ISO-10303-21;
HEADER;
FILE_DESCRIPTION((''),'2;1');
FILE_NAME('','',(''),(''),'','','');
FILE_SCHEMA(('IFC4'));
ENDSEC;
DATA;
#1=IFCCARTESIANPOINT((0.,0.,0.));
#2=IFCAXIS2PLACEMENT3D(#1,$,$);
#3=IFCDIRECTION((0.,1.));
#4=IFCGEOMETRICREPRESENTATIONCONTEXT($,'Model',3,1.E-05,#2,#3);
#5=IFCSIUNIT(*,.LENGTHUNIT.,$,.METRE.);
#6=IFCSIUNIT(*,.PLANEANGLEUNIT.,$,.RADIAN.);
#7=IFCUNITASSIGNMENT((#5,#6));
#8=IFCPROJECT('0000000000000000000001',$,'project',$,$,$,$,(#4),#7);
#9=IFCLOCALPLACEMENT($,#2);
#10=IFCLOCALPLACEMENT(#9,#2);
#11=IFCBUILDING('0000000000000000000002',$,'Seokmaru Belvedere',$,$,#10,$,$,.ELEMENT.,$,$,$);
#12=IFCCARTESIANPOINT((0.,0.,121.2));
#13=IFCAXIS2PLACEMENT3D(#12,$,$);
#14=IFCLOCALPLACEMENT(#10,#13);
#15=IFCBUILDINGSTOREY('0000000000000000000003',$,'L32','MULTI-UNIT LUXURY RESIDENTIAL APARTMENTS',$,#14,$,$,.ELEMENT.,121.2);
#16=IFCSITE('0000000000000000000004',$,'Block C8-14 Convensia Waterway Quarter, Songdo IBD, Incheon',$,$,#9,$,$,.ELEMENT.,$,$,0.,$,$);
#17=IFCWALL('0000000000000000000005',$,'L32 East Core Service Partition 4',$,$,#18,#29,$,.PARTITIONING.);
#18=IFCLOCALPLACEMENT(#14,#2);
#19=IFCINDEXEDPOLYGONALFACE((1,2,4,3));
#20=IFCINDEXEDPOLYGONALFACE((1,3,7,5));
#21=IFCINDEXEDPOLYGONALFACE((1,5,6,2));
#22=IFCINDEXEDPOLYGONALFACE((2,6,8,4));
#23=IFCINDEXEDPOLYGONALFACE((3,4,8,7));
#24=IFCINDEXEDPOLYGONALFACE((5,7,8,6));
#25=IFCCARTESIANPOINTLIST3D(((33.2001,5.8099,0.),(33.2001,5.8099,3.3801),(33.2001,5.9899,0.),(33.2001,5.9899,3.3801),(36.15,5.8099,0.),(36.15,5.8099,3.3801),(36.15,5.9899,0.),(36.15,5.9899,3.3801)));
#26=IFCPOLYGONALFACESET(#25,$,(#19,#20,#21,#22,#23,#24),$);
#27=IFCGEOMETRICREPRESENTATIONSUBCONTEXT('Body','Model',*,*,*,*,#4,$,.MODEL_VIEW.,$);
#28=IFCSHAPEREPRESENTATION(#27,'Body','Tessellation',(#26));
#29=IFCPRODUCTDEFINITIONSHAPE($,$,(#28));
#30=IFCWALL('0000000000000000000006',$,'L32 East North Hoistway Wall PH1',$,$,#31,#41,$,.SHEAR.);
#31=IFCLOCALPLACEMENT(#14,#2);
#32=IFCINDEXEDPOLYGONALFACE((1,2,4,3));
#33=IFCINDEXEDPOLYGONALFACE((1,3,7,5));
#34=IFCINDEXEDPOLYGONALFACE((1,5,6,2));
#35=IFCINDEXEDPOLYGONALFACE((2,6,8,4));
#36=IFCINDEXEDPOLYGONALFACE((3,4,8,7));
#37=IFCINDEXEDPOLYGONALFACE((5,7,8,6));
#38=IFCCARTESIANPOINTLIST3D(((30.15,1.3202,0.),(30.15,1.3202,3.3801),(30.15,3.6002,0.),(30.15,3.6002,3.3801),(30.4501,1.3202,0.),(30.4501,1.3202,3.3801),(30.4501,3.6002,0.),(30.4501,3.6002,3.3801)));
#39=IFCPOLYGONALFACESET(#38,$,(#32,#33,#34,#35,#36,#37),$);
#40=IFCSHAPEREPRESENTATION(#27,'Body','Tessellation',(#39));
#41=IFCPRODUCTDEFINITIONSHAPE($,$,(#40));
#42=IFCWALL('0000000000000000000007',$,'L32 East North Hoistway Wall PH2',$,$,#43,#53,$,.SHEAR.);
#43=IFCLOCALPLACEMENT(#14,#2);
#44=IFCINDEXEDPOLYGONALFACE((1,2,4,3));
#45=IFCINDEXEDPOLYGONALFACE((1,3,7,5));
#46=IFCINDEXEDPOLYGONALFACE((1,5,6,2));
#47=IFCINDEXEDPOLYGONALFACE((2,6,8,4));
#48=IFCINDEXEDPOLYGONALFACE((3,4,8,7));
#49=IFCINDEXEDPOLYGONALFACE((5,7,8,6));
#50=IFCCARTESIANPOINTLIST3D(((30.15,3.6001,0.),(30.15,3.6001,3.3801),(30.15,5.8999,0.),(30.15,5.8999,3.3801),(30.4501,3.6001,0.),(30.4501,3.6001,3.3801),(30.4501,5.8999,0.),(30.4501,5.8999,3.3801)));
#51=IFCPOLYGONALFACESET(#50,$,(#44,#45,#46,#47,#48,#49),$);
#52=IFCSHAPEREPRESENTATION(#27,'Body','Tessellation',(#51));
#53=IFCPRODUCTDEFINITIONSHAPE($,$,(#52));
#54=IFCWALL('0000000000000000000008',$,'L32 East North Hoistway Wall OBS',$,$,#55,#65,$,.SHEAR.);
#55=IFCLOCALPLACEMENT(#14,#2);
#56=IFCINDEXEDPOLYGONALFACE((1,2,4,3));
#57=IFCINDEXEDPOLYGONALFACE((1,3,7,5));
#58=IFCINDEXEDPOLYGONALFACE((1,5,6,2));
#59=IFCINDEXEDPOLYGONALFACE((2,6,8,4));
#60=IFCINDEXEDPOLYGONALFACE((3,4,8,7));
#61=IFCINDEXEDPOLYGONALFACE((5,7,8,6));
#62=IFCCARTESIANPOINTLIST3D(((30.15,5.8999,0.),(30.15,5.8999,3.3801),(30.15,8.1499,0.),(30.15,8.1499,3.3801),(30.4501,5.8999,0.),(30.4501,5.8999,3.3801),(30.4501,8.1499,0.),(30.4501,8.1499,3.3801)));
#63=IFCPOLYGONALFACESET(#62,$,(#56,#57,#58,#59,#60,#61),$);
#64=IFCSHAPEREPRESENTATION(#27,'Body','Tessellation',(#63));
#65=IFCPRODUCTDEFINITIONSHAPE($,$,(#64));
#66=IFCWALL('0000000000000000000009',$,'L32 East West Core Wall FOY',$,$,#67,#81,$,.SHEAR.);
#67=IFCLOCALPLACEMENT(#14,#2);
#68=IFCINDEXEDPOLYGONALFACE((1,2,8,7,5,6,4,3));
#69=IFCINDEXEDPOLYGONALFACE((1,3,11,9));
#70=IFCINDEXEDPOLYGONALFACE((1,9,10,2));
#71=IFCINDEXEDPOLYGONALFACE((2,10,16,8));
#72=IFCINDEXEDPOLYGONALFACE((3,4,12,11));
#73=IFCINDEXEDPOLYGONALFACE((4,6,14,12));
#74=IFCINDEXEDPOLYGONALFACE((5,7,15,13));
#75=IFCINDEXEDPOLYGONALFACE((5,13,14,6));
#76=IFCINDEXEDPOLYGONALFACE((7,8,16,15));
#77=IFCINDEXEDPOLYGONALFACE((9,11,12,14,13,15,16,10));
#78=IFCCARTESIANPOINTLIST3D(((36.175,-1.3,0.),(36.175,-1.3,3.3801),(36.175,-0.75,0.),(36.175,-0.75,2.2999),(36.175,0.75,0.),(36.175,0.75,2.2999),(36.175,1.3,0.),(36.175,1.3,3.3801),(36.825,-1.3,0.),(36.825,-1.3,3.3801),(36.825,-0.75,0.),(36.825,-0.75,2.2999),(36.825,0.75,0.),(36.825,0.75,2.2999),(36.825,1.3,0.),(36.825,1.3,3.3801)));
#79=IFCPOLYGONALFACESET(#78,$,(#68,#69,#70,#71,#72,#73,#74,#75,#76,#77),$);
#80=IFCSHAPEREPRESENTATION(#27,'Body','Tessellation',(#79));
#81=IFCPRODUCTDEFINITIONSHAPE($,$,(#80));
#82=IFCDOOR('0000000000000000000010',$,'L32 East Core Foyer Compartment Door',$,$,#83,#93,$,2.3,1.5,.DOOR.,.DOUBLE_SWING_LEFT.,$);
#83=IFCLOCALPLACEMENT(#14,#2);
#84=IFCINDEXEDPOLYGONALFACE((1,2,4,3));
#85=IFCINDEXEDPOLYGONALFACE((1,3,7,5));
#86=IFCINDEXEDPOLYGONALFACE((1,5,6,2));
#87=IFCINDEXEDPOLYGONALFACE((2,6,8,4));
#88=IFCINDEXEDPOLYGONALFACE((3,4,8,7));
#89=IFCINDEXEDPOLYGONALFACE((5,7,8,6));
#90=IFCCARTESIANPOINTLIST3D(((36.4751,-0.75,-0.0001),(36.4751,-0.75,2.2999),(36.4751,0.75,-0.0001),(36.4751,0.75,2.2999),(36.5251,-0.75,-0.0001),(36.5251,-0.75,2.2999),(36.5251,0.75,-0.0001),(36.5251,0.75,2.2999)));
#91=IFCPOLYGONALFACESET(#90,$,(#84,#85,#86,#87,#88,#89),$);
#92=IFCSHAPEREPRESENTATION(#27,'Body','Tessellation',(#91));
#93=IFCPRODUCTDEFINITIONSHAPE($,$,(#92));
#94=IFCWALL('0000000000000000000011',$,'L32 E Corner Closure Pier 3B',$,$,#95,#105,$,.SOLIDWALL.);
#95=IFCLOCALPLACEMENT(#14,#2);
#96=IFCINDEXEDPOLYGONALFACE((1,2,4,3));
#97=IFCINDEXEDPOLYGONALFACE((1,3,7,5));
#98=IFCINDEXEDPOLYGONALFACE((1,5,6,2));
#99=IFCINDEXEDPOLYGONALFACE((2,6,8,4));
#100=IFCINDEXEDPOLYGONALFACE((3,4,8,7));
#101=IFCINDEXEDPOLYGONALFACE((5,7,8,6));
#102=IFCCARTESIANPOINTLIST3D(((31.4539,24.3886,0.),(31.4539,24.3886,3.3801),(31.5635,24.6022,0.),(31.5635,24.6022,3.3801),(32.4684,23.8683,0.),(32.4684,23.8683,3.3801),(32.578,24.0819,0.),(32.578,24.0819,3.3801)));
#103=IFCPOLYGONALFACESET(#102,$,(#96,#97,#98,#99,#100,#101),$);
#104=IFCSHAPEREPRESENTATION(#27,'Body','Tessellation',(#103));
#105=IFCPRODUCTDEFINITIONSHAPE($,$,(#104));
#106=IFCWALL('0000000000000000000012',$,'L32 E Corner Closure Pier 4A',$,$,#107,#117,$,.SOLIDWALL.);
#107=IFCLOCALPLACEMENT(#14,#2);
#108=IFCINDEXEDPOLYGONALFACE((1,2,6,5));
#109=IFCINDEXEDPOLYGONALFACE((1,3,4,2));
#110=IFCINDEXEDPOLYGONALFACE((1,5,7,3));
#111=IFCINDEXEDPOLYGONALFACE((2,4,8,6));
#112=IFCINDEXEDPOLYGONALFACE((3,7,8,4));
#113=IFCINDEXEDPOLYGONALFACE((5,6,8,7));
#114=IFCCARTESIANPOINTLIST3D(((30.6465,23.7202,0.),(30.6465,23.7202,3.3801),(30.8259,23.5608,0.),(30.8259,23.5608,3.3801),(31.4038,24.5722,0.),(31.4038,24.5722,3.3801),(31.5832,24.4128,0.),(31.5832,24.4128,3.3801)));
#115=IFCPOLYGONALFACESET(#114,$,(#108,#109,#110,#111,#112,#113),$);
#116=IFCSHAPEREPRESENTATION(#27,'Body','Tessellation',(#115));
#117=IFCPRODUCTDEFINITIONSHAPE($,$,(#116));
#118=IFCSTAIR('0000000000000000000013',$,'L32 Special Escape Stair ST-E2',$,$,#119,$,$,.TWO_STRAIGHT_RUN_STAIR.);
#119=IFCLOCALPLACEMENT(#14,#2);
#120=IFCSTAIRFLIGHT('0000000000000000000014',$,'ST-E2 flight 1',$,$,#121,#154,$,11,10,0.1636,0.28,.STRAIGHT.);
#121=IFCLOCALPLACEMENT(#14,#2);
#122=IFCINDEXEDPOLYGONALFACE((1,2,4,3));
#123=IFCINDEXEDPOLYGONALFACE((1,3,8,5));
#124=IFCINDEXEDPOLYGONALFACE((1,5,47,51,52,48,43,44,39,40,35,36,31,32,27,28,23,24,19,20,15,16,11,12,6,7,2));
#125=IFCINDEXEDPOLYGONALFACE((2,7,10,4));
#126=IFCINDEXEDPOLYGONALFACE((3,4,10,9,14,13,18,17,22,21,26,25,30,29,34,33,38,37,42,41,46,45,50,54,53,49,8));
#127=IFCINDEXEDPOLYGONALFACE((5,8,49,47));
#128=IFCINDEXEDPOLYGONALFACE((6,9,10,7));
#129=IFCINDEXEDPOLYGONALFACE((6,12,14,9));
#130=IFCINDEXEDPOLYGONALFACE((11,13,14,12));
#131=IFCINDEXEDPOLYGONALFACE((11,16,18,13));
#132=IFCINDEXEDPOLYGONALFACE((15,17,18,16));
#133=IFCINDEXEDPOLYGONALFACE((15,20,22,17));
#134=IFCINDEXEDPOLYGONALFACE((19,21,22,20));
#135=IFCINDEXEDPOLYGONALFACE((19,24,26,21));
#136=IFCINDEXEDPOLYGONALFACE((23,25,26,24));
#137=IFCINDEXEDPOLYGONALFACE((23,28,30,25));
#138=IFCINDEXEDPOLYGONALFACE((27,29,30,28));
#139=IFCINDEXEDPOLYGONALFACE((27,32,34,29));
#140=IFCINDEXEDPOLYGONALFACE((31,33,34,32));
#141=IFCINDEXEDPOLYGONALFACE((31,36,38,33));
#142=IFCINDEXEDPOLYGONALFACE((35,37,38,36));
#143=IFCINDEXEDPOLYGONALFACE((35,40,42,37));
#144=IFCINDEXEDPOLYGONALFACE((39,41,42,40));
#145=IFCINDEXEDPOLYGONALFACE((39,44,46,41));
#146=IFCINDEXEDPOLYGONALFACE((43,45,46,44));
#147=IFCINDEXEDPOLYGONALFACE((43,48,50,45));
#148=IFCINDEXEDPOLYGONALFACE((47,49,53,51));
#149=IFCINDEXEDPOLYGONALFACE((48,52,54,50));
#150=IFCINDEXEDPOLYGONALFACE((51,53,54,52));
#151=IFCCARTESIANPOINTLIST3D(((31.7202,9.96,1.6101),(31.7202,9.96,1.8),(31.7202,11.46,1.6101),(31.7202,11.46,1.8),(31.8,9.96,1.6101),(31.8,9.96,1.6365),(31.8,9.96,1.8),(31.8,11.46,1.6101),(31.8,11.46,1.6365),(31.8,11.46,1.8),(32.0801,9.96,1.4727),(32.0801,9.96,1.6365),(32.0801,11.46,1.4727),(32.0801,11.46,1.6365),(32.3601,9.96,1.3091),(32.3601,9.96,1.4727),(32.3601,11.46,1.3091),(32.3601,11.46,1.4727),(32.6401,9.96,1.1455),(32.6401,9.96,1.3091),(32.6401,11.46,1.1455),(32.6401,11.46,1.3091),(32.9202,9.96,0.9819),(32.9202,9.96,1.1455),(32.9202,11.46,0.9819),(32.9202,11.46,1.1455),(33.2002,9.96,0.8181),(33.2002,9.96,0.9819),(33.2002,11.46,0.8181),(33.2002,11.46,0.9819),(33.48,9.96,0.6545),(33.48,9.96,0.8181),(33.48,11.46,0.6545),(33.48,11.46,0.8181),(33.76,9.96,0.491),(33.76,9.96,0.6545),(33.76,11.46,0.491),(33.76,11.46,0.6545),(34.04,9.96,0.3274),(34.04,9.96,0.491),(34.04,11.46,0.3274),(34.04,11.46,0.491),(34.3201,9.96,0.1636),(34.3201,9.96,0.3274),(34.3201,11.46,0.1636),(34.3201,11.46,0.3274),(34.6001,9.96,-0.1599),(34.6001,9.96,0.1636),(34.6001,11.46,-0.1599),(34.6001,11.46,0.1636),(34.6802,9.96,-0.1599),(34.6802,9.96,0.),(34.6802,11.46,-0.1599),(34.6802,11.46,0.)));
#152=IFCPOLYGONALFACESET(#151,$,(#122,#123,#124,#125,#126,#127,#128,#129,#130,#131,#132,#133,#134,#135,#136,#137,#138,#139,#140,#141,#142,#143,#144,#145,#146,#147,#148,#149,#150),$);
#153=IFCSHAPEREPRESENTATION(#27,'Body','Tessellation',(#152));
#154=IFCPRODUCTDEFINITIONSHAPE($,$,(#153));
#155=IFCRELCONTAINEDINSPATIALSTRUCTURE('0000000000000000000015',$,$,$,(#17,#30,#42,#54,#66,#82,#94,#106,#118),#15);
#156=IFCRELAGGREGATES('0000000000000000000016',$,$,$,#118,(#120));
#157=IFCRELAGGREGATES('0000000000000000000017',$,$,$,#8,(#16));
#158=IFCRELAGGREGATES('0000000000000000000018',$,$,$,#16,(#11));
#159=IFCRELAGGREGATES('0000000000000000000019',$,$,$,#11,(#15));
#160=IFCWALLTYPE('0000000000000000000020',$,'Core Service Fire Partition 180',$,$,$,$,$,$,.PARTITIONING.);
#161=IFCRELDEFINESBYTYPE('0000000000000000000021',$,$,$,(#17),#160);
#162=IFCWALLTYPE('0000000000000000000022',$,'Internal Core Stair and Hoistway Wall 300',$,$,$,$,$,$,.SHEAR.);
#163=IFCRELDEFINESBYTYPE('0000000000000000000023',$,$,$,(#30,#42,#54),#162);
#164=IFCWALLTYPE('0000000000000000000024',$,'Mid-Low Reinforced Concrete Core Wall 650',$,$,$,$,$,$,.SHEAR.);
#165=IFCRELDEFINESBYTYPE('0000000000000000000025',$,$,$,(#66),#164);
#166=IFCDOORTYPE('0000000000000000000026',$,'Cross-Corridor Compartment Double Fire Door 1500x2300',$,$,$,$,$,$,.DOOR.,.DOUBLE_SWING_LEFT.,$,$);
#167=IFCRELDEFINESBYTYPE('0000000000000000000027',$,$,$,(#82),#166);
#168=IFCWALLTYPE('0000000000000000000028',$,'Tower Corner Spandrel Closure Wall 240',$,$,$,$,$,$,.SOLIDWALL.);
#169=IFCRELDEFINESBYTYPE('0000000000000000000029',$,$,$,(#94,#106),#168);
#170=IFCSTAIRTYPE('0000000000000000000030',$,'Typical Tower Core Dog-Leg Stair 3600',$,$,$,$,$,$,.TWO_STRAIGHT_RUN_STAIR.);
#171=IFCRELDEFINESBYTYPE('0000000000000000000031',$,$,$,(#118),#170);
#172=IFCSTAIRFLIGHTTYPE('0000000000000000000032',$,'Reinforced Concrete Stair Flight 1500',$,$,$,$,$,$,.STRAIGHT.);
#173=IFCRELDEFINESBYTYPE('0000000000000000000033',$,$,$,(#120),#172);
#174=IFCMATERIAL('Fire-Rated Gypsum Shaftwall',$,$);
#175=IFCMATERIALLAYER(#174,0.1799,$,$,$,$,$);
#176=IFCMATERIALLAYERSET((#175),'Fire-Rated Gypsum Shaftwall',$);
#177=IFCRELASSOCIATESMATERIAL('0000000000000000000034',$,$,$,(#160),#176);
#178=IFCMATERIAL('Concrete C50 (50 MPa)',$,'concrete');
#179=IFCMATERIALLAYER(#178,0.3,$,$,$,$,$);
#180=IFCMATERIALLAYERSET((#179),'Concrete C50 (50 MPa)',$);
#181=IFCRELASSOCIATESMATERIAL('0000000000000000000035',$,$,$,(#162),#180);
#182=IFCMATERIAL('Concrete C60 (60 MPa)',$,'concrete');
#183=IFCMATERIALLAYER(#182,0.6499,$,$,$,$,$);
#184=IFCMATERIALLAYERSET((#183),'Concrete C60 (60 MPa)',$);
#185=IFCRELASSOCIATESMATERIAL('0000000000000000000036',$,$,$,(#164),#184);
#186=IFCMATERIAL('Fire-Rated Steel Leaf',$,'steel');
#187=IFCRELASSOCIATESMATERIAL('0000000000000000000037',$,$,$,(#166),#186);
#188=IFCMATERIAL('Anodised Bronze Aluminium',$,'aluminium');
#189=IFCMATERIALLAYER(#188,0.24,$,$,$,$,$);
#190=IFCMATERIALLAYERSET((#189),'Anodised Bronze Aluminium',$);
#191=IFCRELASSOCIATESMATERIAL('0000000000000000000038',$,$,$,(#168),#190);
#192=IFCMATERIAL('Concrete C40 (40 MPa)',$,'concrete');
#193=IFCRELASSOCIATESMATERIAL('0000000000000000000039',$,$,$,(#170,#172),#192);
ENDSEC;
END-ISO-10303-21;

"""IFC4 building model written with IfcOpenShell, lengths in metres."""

from ifc_helpers import new_model, si_unit, direction, frame, frame_2d, origin, place, context, subcontext, project, spatial, polyline, rectangle, outline, extrude, source, transform, mapped, material, layer, layer_set, type_object, type_shapes, element, fill, aggregate, save


model = new_model("IFC4")

# Units and contexts
model_context = context("Model", 3, precision=1e-05, world=origin(), true_north=direction((0.0, 1.0)))
body_context = subcontext(model_context, "Body", "Model", "MODEL_VIEW")
ifc_project = project(units=[si_unit("LENGTHUNIT", "METRE"), si_unit("PLANEANGLEUNIT", "RADIAN")], contexts=[model_context])

# Site, building, storey
site_placement = place(None, origin())
site = spatial("IfcSite", under=ifc_project, at=site_placement, Name="Block C8-14 Convensia Waterway Quarter, Songdo IBD, Incheon", CompositionType="ELEMENT", RefElevation=0.0)
building_placement = place(site_placement, origin())
building = spatial("IfcBuilding", under=site, at=building_placement, Name="Seokmaru Belvedere", CompositionType="ELEMENT")
storey_placement = place(building_placement, frame((0.0, 0.0, 121.2)))
storey = spatial("IfcBuildingStorey", under=building, at=storey_placement, Name="L32", Description="MULTI-UNIT LUXURY RESIDENTIAL APARTMENTS", CompositionType="ELEMENT", Elevation=121.2)

# Shared definitions
ifc_material_1 = material(Name="Anodised Bronze Aluminium", Category="aluminium")

# Shared definitions
ifc_material_2 = material(Name="Fire-Rated Gypsum Shaftwall")
ifc_layer_1 = layer(ifc_material_2, 0.1799)
ifc_layer_set_1 = layer_set([ifc_layer_1], Name="Fire-Rated Gypsum Shaftwall")
wall_type_1 = type_object("IfcWallType", Name="Core Service Fire Partition 180", PredefinedType="PARTITIONING", material=ifc_layer_set_1)

# Shared definitions
ifc_material_3 = material(Name="Fire-Rated Steel Leaf", Category="steel")

# Walls
for number, where, z_axis, x_axis, name in (
    (1, (33.2, 5.8999, 0.0), (0.0, 0.0, 1.0), (1.0, 0.0, 0.0), "L32 East Core Service Partition 4"),
):
    element("IfcWall", number, at=place(storey_placement, frame(where, z_axis=z_axis, x_axis=x_axis)), inside=storey, type_object=wall_type_1, Name=name, PredefinedType="PARTITIONING", context=body_context, shape_type="SweptSolid", body=[
        extrude(rectangle(XDim=2.95, YDim=0.1799, at=frame_2d((1.4751, 0.0))), origin(), (0.0, 0.0, 1.0), 3.3801),
    ])
ifc_material_4 = material(Name="Concrete C50 (50 MPa)", Category="concrete")
ifc_layer_2 = layer(ifc_material_4, 0.3)
ifc_layer_set_2 = layer_set([ifc_layer_2], Name="Concrete C50 (50 MPa)")
wall_type_2 = type_object("IfcWallType", Name="Internal Core Stair and Hoistway Wall 300", PredefinedType="SHEAR", material=ifc_layer_set_2)
wall_1_placement = place(storey_placement, frame((30.3, 1.3201, 0.0), z_axis=(0.0, 0.0, 1.0), x_axis=(0.0, 1.0, 0.0)))
element("IfcWall", 2, at=wall_1_placement, inside=storey, type_object=wall_type_2, Name="L32 East North Hoistway Wall PH1", PredefinedType="SHEAR", context=body_context, shape_type="SweptSolid", body=[
    extrude(rectangle(XDim=2.28, YDim=0.3, at=frame_2d((1.1401, 0.0))), origin(), (0.0, 0.0, 1.0), 3.3801),
])
wall_2_placement = place(storey_placement, frame((30.3, 3.6001, 0.0), z_axis=(0.0, 0.0, 1.0), x_axis=(0.0, 1.0, 0.0)))
element("IfcWall", 3, at=wall_2_placement, inside=storey, type_object=wall_type_2, Name="L32 East North Hoistway Wall PH2", PredefinedType="SHEAR", context=body_context, shape_type="SweptSolid", body=[
    extrude(rectangle(XDim=2.2998, YDim=0.3, at=frame_2d((1.1499, 0.0))), origin(), (0.0, 0.0, 1.0), 3.3801),
])
wall_3_placement = place(storey_placement, frame((30.3, 5.8999, 0.0), z_axis=(0.0, 0.0, 1.0), x_axis=(0.0, 1.0, 0.0)))
element("IfcWall", 4, at=wall_3_placement, inside=storey, type_object=wall_type_2, Name="L32 East North Hoistway Wall OBS", PredefinedType="SHEAR", context=body_context, shape_type="SweptSolid", body=[
    extrude(rectangle(XDim=2.25, YDim=0.3, at=frame_2d((1.125, 0.0))), origin(), (0.0, 0.0, 1.0), 3.3801),
])

# Wall, opening, door
ifc_material_5 = material(Name="Concrete C60 (60 MPa)", Category="concrete")
ifc_layer_3 = layer(ifc_material_5, 0.6499)
ifc_layer_set_3 = layer_set([ifc_layer_3], Name="Concrete C60 (60 MPa)")
wall_type_3 = type_object("IfcWallType", Name="Mid-Low Reinforced Concrete Core Wall 650", PredefinedType="SHEAR", material=ifc_layer_set_3)
wall_4_placement = place(storey_placement, frame((36.5, -1.3, 0.0), z_axis=(0.0, 0.0, 1.0), x_axis=(0.0, 1.0, 0.0)))
wall_4 = element("IfcWall", 5, at=wall_4_placement, inside=storey, type_object=wall_type_3, Name="L32 East West Core Wall FOY", PredefinedType="SHEAR", context=body_context, shape_type="SweptSolid", body=[
    extrude(rectangle(XDim=2.6001, YDim=0.6499, at=frame_2d((1.3, 0.0))), origin(), (0.0, 0.0, 1.0), 3.3801),
])
opening_1_placement = place(wall_4_placement, frame((0.55, 0.0, 0.0)))
opening_1 = element("IfcOpeningElement", 6, at=opening_1_placement, cuts=wall_4, PredefinedType="OPENING", context=body_context, shape_type="SweptSolid", body=[
    extrude(rectangle(XDim=1.5, YDim=2.3, at=frame_2d((0.75, 1.1499))), frame((0.0, 0.335, 0.0), z_axis=(0.0, -1.0, 0.0), x_axis=(1.0, 0.0, 0.0)), (0.0, 0.0, 1.0), 0.6699),
])
door_type_1 = type_object("IfcDoorType", Name="Cross-Corridor Compartment Double Fire Door 1500x2300", OperationType="DOUBLE_SWING_LEFT", PredefinedType="DOOR", material=ifc_material_3)
shared_shape_1 = source(origin(), body_context, "Body", "SweptSolid", [
    extrude(rectangle(XDim=1.5, YDim=2.3, at=frame_2d((0.75, 1.1499))), frame((0.0, 0.0249, 0.0), z_axis=(0.0, -1.0, 0.0), x_axis=(1.0, 0.0, 0.0)), (0.0, 0.0, 1.0), 0.05),
])
type_shapes(door_type_1, [shared_shape_1])
door_1_placement = place(opening_1_placement, origin())
door_1 = element("IfcDoor", 7, at=door_1_placement, inside=storey, type_object=door_type_1, Name="L32 East Core Foyer Compartment Door", OperationType="DOUBLE_SWING_LEFT", OverallHeight=2.3, OverallWidth=1.5, PredefinedType="DOOR", context=body_context, shape_type="MappedRepresentation", body=[
    mapped(shared_shape_1, transform((0.0, 0.0, 0.0), scale=1.0)),
])
fill(opening_1, door_1)

# Walls
ifc_layer_4 = layer(ifc_material_1, 0.24)
ifc_layer_set_4 = layer_set([ifc_layer_4], Name="Anodised Bronze Aluminium")
wall_type_4 = type_object("IfcWallType", Name="Tower Corner Spandrel Closure Wall 240", PredefinedType="SOLIDWALL", material=ifc_layer_set_4)
wall_5_placement = place(storey_placement, frame((32.5232, 23.9751, 0.0), z_axis=(0.0, 0.0, 1.0), x_axis=(-0.889797, 0.456356, 0.0)))
element("IfcWall", 8, at=wall_5_placement, inside=storey, type_object=wall_type_4, Name="L32 E Corner Closure Pier 3B", PredefinedType="SOLIDWALL", context=body_context, shape_type="SweptSolid", body=[
    extrude(rectangle(XDim=1.1401, YDim=0.24, at=frame_2d((0.5701, 0.0))), origin(), (0.0, 0.0, 1.0), 3.3801),
])
wall_6_placement = place(storey_placement, frame((31.4934, 24.4924, 0.0), z_axis=(0.0, 0.0, 1.0), x_axis=(-0.664337, -0.747433, 0.0)))
element("IfcWall", 9, at=wall_6_placement, inside=storey, type_object=wall_type_4, Name="L32 E Corner Closure Pier 4A", PredefinedType="SOLIDWALL", context=body_context, shape_type="SweptSolid", body=[
    extrude(rectangle(XDim=1.1399, YDim=0.24, at=frame_2d((0.5698, 0.0))), origin(), (0.0, 0.0, 1.0), 3.3801),
])

# Stair, stair flight
ifc_material_6 = material(Name="Concrete C40 (40 MPa)", Category="concrete")
stair_type = type_object("IfcStairType", Name="Typical Tower Core Dog-Leg Stair 3600", PredefinedType="TWO_STRAIGHT_RUN_STAIR", material=ifc_material_6)
stair_placement = place(storey_placement, origin())
stair = element("IfcStair", 10, at=stair_placement, inside=storey, type_object=stair_type, Name="L32 Special Escape Stair ST-E2", PredefinedType="TWO_STRAIGHT_RUN_STAIR")
stair_flight_type = type_object("IfcStairFlightType", Name="Reinforced Concrete Stair Flight 1500", PredefinedType="STRAIGHT", material=ifc_material_6)
stair_flight_1_placement = place(storey_placement, frame((34.6001, 10.71, 0.0), z_axis=(0.0, 0.0, 1.0), x_axis=(-1.0, 0.0, 0.0)))
stair_flight_1 = element("IfcStairFlight", 11, at=stair_flight_1_placement, type_object=stair_flight_type, Name="ST-E2 flight 1", NumberOfRisers=11, NumberOfTreads=10, PredefinedType="STRAIGHT", RiserHeight=0.1636, TreadLength=0.28, context=body_context, shape_type="SweptSolid", body=[
    extrude(outline(polyline([(-0.0801, 0.0), (0.0, 0.1636), (0.28, 0.1636), (0.28, 0.3274), (0.5601, 0.3274), (0.5601, 0.491), (0.8401, 0.491), (0.8401, 0.6545), (1.1201, 0.6545), (1.1201, 0.8181), (1.3999, 0.8181), (1.3999, 0.9819), (1.6799, 0.9819), (1.6799, 1.1455), (1.96, 1.1455), (1.96, 1.3091), (2.24, 1.3091), (2.24, 1.4727), (2.52, 1.4727), (2.52, 1.6365), (2.8, 1.6365), (2.8, 1.8), (2.8799, 1.8), (2.8799, 1.6101), (2.8, 1.6101), (0.0, -0.1599), (-0.0801, -0.1599), (-0.0801, 0.0)])), frame((0.0, 0.75, 0.0), z_axis=(0.0, -1.0, 0.0), x_axis=(1.0, 0.0, 0.0)), (0.0, 0.0, 1.0), 1.5),
])
aggregate(stair, [stair_flight_1])

save(model, "model.ifc")
